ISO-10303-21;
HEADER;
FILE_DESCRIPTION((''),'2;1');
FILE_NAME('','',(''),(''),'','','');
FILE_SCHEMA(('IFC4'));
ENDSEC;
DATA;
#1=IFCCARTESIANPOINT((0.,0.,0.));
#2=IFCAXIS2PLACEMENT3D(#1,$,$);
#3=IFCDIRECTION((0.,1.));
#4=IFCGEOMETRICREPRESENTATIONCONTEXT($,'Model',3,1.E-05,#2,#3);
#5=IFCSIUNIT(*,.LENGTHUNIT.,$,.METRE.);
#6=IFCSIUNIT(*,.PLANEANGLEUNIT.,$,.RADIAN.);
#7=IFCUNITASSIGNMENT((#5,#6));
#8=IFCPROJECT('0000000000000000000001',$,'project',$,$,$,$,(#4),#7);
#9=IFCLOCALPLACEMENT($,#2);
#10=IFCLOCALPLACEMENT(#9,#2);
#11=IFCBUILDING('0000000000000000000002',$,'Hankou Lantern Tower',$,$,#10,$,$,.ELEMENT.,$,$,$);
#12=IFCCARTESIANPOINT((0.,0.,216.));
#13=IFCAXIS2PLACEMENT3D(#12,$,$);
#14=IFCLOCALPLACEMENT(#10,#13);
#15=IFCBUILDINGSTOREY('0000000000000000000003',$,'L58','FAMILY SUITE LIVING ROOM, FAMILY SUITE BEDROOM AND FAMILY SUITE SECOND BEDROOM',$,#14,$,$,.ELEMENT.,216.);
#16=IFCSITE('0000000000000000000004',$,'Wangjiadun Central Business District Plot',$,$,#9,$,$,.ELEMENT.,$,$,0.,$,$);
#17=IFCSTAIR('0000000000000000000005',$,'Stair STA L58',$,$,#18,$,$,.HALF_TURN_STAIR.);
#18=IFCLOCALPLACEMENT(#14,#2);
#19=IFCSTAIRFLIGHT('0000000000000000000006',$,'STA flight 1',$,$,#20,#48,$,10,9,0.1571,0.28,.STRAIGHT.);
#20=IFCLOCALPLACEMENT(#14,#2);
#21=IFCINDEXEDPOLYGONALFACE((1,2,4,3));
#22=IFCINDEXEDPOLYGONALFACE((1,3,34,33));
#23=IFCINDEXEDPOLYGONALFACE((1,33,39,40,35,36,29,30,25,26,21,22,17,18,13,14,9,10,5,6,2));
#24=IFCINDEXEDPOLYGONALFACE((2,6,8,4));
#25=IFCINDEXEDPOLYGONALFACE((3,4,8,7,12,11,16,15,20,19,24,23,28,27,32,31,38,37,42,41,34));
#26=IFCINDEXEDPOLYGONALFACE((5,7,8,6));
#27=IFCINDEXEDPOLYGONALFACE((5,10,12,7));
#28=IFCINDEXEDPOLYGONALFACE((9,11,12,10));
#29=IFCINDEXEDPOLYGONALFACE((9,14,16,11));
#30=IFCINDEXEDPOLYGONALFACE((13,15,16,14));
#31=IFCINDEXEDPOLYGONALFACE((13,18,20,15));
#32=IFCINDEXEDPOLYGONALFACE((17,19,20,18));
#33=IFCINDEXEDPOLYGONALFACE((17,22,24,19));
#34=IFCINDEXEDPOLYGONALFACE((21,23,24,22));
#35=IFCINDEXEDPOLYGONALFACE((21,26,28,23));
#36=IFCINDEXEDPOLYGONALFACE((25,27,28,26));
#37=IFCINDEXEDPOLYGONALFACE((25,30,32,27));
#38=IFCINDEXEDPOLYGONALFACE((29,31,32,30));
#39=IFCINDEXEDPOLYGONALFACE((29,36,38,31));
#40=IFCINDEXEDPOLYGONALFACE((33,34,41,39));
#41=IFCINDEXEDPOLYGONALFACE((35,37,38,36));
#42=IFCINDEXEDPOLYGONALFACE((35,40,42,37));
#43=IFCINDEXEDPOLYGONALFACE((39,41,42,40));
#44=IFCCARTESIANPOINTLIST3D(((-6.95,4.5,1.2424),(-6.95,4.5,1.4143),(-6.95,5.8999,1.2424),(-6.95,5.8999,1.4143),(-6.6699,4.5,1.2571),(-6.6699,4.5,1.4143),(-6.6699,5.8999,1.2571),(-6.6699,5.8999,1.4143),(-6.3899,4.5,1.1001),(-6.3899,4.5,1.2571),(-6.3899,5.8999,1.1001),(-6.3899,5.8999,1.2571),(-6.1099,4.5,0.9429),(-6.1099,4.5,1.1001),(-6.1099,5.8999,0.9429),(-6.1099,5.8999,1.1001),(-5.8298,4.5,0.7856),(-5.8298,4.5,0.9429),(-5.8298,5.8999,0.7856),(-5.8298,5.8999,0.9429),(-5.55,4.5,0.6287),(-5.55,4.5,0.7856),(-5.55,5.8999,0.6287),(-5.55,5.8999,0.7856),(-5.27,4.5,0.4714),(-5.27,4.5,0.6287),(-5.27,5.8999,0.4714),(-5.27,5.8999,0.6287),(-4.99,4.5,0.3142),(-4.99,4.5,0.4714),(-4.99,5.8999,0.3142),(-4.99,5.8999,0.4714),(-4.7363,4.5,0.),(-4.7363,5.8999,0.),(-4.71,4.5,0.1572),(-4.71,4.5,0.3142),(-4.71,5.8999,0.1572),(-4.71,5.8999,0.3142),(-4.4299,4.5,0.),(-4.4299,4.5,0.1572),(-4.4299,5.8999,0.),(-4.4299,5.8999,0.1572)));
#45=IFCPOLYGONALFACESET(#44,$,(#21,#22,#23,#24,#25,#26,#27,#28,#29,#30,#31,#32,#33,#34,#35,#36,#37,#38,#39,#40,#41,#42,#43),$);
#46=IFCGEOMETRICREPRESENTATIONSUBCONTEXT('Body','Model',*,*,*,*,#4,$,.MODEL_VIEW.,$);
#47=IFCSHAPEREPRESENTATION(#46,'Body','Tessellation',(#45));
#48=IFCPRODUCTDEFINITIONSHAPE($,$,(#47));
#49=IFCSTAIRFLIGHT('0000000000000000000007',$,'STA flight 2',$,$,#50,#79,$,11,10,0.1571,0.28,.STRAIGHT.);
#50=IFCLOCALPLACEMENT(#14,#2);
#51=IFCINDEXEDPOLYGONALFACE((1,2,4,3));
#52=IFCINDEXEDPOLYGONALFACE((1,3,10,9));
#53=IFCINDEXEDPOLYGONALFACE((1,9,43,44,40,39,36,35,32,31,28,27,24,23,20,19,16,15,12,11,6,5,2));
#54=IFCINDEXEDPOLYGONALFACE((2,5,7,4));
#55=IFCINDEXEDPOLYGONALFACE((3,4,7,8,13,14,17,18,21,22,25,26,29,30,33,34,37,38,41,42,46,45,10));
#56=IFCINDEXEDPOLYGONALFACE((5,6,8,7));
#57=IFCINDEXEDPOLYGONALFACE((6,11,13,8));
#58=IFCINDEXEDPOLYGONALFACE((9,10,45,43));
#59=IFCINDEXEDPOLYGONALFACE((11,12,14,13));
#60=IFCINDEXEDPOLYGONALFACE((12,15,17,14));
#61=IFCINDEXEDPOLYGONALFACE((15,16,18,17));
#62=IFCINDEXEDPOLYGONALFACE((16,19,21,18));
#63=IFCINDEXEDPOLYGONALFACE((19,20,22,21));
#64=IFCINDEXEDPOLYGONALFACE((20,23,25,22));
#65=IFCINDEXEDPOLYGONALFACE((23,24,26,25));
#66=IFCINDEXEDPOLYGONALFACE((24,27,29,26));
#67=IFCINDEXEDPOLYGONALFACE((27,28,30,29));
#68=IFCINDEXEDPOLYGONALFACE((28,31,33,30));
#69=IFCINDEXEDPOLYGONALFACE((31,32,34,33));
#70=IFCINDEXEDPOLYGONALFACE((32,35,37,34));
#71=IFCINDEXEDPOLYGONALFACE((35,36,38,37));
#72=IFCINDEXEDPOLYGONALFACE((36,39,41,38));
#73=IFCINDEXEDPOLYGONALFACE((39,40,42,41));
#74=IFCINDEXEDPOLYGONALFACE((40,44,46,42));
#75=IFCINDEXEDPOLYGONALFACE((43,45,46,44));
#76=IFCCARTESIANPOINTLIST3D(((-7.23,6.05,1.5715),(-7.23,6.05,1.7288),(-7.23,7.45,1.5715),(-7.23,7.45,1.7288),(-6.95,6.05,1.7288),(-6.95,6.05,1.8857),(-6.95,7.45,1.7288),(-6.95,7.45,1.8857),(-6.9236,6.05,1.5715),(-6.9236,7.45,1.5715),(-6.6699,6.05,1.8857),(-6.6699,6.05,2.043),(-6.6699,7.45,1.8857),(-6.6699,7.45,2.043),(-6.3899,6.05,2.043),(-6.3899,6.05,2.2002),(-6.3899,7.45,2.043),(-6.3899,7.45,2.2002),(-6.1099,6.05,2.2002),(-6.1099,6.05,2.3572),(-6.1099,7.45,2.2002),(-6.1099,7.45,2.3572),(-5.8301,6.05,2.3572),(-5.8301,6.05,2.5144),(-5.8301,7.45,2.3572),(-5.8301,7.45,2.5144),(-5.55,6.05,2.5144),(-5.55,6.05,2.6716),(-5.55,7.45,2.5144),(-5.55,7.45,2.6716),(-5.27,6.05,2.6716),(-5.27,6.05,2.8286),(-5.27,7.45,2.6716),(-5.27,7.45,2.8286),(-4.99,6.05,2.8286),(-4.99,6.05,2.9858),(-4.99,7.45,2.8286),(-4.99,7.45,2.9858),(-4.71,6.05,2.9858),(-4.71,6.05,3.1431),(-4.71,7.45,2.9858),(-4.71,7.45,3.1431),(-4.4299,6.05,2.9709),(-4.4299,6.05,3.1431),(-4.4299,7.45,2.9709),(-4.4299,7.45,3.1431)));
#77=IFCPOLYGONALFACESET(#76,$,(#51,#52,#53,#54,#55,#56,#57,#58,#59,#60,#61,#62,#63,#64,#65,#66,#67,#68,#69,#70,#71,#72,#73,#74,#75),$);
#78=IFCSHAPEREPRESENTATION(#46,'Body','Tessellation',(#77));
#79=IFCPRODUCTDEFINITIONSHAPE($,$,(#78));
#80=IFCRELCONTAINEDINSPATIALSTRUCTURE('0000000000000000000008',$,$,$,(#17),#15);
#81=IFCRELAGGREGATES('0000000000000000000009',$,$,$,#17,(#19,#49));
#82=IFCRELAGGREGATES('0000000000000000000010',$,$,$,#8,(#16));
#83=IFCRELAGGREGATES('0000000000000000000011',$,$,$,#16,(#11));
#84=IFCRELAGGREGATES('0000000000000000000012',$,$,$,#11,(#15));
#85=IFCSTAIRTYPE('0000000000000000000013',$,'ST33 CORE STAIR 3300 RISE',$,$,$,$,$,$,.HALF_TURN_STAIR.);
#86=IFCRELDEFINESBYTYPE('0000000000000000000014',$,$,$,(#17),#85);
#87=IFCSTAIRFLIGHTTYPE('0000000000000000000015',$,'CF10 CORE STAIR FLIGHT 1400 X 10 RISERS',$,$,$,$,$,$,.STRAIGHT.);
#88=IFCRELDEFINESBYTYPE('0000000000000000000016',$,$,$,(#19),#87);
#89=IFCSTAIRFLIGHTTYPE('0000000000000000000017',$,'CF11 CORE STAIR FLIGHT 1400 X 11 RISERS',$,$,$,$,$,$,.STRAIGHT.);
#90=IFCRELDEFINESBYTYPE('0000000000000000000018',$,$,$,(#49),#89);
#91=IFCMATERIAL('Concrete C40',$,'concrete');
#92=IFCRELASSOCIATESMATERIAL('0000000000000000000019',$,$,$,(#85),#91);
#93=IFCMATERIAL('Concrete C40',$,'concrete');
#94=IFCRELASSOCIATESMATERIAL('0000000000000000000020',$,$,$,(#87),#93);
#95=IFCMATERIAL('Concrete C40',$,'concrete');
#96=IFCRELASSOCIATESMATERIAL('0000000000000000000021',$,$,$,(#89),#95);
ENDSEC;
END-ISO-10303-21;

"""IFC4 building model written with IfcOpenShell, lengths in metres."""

from ifc_helpers import new_model, si_unit, direction, frame, origin, place, context, subcontext, project, spatial, polyline, outline, extrude, material, type_object, element, aggregate, save


model = new_model("IFC4")

# Units and contexts
model_context = context("Model", 3, precision=1e-05, world=origin(), true_north=direction((0.0, 1.0)))
body_context = subcontext(model_context, "Body", "Model", "MODEL_VIEW")
ifc_project = project(units=[si_unit("LENGTHUNIT", "METRE"), si_unit("PLANEANGLEUNIT", "RADIAN")], contexts=[model_context])

# Site, building, storey
site_placement = place(None, origin())
site = spatial("IfcSite", under=ifc_project, at=site_placement, Name="Wangjiadun Central Business District Plot", CompositionType="ELEMENT", RefElevation=0.0)
building_placement = place(site_placement, origin())
building = spatial("IfcBuilding", under=site, at=building_placement, Name="Hankou Lantern Tower", CompositionType="ELEMENT")
storey_placement = place(building_placement, frame((0.0, 0.0, 216.0)))
storey = spatial("IfcBuildingStorey", under=building, at=storey_placement, Name="L58", Description="FAMILY SUITE LIVING ROOM, FAMILY SUITE BEDROOM AND FAMILY SUITE SECOND BEDROOM", CompositionType="ELEMENT", Elevation=216.0)

# Stair, stair flights
ifc_material_1 = material(Name="Concrete C40", Category="concrete")
stair_type = type_object("IfcStairType", Name="ST33 CORE STAIR 3300 RISE", PredefinedType="HALF_TURN_STAIR", material=ifc_material_1)
stair_placement = place(storey_placement, origin())
stair = element("IfcStair", 1, at=stair_placement, inside=storey, type_object=stair_type, Name="Stair STA L58", PredefinedType="HALF_TURN_STAIR")
ifc_material_2 = material(Name="Concrete C40", Category="concrete")
stair_flight_type_1 = type_object("IfcStairFlightType", Name="CF10 CORE STAIR FLIGHT 1400 X 10 RISERS", PredefinedType="STRAIGHT", material=ifc_material_2)
stair_flight_1_placement = place(storey_placement, frame((-4.4299, 5.2, 0.0), z_axis=(0.0, 0.0, 1.0), x_axis=(-1.0, 0.0, 0.0)))
stair_flight_1 = element("IfcStairFlight", 2, at=stair_flight_1_placement, type_object=stair_flight_type_1, Name="STA flight 1", NumberOfRisers=10, NumberOfTreads=9, PredefinedType="STRAIGHT", RiserHeight=0.1571, TreadLength=0.28, context=body_context, shape_type="SweptSolid", body=[
    extrude(outline(polyline([(0.0, 0.0), (0.0, 0.1572), (0.28, 0.1572), (0.28, 0.3142), (0.5601, 0.3142), (0.5601, 0.4714), (0.8401, 0.4714), (0.8401, 0.6287), (1.1201, 0.6287), (1.1201, 0.7856), (1.3999, 0.7856), (1.3999, 0.9429), (1.6799, 0.9429), (1.6799, 1.1001), (1.96, 1.1001), (1.96, 1.2571), (2.24, 1.2571), (2.24, 1.4143), (2.52, 1.4143), (2.52, 1.5715), (2.52, 1.2424), (0.3064, 0.0), (0.0, 0.0)])), frame((0.0, 0.7, 0.0), z_axis=(0.0, -1.0, 0.0), x_axis=(1.0, 0.0, 0.0)), (0.0, 0.0, 1.0), 1.3999),
])
ifc_material_3 = material(Name="Concrete C40", Category="concrete")
stair_flight_type_2 = type_object("IfcStairFlightType", Name="CF11 CORE STAIR FLIGHT 1400 X 11 RISERS", PredefinedType="STRAIGHT", material=ifc_material_3)
stair_flight_2_placement = place(storey_placement, frame((-7.23, 6.75, 1.5715), z_axis=(0.0, 0.0, 1.0), x_axis=(1.0, 0.0, 0.0)))
stair_flight_2 = element("IfcStairFlight", 3, at=stair_flight_2_placement, type_object=stair_flight_type_2, Name="STA flight 2", NumberOfRisers=11, NumberOfTreads=10, PredefinedType="STRAIGHT", RiserHeight=0.1571, TreadLength=0.28, context=body_context, shape_type="SweptSolid", body=[
    extrude(outline(polyline([(0.0, 0.0), (0.0, 0.1572), (0.28, 0.1572), (0.28, 0.3142), (0.5601, 0.3142), (0.5601, 0.4714), (0.8401, 0.4714), (0.8401, 0.6287), (1.1201, 0.6287), (1.1201, 0.7856), (1.3999, 0.7856), (1.3999, 0.9429), (1.6799, 0.9429), (1.6799, 1.1001), (1.96, 1.1001), (1.96, 1.2571), (2.24, 1.2571), (2.24, 1.4143), (2.52, 1.4143), (2.52, 1.5715), (2.8, 1.5715), (2.8, 1.7285), (2.8, 1.3994), (0.3064, 0.0), (0.0, 0.0)])), frame((0.0, 0.7, 0.0), z_axis=(0.0, -1.0, 0.0), x_axis=(1.0, 0.0, 0.0)), (0.0, 0.0, 1.0), 1.3999),
])
aggregate(stair, [stair_flight_1, stair_flight_2])

save(model, "model.ifc")
